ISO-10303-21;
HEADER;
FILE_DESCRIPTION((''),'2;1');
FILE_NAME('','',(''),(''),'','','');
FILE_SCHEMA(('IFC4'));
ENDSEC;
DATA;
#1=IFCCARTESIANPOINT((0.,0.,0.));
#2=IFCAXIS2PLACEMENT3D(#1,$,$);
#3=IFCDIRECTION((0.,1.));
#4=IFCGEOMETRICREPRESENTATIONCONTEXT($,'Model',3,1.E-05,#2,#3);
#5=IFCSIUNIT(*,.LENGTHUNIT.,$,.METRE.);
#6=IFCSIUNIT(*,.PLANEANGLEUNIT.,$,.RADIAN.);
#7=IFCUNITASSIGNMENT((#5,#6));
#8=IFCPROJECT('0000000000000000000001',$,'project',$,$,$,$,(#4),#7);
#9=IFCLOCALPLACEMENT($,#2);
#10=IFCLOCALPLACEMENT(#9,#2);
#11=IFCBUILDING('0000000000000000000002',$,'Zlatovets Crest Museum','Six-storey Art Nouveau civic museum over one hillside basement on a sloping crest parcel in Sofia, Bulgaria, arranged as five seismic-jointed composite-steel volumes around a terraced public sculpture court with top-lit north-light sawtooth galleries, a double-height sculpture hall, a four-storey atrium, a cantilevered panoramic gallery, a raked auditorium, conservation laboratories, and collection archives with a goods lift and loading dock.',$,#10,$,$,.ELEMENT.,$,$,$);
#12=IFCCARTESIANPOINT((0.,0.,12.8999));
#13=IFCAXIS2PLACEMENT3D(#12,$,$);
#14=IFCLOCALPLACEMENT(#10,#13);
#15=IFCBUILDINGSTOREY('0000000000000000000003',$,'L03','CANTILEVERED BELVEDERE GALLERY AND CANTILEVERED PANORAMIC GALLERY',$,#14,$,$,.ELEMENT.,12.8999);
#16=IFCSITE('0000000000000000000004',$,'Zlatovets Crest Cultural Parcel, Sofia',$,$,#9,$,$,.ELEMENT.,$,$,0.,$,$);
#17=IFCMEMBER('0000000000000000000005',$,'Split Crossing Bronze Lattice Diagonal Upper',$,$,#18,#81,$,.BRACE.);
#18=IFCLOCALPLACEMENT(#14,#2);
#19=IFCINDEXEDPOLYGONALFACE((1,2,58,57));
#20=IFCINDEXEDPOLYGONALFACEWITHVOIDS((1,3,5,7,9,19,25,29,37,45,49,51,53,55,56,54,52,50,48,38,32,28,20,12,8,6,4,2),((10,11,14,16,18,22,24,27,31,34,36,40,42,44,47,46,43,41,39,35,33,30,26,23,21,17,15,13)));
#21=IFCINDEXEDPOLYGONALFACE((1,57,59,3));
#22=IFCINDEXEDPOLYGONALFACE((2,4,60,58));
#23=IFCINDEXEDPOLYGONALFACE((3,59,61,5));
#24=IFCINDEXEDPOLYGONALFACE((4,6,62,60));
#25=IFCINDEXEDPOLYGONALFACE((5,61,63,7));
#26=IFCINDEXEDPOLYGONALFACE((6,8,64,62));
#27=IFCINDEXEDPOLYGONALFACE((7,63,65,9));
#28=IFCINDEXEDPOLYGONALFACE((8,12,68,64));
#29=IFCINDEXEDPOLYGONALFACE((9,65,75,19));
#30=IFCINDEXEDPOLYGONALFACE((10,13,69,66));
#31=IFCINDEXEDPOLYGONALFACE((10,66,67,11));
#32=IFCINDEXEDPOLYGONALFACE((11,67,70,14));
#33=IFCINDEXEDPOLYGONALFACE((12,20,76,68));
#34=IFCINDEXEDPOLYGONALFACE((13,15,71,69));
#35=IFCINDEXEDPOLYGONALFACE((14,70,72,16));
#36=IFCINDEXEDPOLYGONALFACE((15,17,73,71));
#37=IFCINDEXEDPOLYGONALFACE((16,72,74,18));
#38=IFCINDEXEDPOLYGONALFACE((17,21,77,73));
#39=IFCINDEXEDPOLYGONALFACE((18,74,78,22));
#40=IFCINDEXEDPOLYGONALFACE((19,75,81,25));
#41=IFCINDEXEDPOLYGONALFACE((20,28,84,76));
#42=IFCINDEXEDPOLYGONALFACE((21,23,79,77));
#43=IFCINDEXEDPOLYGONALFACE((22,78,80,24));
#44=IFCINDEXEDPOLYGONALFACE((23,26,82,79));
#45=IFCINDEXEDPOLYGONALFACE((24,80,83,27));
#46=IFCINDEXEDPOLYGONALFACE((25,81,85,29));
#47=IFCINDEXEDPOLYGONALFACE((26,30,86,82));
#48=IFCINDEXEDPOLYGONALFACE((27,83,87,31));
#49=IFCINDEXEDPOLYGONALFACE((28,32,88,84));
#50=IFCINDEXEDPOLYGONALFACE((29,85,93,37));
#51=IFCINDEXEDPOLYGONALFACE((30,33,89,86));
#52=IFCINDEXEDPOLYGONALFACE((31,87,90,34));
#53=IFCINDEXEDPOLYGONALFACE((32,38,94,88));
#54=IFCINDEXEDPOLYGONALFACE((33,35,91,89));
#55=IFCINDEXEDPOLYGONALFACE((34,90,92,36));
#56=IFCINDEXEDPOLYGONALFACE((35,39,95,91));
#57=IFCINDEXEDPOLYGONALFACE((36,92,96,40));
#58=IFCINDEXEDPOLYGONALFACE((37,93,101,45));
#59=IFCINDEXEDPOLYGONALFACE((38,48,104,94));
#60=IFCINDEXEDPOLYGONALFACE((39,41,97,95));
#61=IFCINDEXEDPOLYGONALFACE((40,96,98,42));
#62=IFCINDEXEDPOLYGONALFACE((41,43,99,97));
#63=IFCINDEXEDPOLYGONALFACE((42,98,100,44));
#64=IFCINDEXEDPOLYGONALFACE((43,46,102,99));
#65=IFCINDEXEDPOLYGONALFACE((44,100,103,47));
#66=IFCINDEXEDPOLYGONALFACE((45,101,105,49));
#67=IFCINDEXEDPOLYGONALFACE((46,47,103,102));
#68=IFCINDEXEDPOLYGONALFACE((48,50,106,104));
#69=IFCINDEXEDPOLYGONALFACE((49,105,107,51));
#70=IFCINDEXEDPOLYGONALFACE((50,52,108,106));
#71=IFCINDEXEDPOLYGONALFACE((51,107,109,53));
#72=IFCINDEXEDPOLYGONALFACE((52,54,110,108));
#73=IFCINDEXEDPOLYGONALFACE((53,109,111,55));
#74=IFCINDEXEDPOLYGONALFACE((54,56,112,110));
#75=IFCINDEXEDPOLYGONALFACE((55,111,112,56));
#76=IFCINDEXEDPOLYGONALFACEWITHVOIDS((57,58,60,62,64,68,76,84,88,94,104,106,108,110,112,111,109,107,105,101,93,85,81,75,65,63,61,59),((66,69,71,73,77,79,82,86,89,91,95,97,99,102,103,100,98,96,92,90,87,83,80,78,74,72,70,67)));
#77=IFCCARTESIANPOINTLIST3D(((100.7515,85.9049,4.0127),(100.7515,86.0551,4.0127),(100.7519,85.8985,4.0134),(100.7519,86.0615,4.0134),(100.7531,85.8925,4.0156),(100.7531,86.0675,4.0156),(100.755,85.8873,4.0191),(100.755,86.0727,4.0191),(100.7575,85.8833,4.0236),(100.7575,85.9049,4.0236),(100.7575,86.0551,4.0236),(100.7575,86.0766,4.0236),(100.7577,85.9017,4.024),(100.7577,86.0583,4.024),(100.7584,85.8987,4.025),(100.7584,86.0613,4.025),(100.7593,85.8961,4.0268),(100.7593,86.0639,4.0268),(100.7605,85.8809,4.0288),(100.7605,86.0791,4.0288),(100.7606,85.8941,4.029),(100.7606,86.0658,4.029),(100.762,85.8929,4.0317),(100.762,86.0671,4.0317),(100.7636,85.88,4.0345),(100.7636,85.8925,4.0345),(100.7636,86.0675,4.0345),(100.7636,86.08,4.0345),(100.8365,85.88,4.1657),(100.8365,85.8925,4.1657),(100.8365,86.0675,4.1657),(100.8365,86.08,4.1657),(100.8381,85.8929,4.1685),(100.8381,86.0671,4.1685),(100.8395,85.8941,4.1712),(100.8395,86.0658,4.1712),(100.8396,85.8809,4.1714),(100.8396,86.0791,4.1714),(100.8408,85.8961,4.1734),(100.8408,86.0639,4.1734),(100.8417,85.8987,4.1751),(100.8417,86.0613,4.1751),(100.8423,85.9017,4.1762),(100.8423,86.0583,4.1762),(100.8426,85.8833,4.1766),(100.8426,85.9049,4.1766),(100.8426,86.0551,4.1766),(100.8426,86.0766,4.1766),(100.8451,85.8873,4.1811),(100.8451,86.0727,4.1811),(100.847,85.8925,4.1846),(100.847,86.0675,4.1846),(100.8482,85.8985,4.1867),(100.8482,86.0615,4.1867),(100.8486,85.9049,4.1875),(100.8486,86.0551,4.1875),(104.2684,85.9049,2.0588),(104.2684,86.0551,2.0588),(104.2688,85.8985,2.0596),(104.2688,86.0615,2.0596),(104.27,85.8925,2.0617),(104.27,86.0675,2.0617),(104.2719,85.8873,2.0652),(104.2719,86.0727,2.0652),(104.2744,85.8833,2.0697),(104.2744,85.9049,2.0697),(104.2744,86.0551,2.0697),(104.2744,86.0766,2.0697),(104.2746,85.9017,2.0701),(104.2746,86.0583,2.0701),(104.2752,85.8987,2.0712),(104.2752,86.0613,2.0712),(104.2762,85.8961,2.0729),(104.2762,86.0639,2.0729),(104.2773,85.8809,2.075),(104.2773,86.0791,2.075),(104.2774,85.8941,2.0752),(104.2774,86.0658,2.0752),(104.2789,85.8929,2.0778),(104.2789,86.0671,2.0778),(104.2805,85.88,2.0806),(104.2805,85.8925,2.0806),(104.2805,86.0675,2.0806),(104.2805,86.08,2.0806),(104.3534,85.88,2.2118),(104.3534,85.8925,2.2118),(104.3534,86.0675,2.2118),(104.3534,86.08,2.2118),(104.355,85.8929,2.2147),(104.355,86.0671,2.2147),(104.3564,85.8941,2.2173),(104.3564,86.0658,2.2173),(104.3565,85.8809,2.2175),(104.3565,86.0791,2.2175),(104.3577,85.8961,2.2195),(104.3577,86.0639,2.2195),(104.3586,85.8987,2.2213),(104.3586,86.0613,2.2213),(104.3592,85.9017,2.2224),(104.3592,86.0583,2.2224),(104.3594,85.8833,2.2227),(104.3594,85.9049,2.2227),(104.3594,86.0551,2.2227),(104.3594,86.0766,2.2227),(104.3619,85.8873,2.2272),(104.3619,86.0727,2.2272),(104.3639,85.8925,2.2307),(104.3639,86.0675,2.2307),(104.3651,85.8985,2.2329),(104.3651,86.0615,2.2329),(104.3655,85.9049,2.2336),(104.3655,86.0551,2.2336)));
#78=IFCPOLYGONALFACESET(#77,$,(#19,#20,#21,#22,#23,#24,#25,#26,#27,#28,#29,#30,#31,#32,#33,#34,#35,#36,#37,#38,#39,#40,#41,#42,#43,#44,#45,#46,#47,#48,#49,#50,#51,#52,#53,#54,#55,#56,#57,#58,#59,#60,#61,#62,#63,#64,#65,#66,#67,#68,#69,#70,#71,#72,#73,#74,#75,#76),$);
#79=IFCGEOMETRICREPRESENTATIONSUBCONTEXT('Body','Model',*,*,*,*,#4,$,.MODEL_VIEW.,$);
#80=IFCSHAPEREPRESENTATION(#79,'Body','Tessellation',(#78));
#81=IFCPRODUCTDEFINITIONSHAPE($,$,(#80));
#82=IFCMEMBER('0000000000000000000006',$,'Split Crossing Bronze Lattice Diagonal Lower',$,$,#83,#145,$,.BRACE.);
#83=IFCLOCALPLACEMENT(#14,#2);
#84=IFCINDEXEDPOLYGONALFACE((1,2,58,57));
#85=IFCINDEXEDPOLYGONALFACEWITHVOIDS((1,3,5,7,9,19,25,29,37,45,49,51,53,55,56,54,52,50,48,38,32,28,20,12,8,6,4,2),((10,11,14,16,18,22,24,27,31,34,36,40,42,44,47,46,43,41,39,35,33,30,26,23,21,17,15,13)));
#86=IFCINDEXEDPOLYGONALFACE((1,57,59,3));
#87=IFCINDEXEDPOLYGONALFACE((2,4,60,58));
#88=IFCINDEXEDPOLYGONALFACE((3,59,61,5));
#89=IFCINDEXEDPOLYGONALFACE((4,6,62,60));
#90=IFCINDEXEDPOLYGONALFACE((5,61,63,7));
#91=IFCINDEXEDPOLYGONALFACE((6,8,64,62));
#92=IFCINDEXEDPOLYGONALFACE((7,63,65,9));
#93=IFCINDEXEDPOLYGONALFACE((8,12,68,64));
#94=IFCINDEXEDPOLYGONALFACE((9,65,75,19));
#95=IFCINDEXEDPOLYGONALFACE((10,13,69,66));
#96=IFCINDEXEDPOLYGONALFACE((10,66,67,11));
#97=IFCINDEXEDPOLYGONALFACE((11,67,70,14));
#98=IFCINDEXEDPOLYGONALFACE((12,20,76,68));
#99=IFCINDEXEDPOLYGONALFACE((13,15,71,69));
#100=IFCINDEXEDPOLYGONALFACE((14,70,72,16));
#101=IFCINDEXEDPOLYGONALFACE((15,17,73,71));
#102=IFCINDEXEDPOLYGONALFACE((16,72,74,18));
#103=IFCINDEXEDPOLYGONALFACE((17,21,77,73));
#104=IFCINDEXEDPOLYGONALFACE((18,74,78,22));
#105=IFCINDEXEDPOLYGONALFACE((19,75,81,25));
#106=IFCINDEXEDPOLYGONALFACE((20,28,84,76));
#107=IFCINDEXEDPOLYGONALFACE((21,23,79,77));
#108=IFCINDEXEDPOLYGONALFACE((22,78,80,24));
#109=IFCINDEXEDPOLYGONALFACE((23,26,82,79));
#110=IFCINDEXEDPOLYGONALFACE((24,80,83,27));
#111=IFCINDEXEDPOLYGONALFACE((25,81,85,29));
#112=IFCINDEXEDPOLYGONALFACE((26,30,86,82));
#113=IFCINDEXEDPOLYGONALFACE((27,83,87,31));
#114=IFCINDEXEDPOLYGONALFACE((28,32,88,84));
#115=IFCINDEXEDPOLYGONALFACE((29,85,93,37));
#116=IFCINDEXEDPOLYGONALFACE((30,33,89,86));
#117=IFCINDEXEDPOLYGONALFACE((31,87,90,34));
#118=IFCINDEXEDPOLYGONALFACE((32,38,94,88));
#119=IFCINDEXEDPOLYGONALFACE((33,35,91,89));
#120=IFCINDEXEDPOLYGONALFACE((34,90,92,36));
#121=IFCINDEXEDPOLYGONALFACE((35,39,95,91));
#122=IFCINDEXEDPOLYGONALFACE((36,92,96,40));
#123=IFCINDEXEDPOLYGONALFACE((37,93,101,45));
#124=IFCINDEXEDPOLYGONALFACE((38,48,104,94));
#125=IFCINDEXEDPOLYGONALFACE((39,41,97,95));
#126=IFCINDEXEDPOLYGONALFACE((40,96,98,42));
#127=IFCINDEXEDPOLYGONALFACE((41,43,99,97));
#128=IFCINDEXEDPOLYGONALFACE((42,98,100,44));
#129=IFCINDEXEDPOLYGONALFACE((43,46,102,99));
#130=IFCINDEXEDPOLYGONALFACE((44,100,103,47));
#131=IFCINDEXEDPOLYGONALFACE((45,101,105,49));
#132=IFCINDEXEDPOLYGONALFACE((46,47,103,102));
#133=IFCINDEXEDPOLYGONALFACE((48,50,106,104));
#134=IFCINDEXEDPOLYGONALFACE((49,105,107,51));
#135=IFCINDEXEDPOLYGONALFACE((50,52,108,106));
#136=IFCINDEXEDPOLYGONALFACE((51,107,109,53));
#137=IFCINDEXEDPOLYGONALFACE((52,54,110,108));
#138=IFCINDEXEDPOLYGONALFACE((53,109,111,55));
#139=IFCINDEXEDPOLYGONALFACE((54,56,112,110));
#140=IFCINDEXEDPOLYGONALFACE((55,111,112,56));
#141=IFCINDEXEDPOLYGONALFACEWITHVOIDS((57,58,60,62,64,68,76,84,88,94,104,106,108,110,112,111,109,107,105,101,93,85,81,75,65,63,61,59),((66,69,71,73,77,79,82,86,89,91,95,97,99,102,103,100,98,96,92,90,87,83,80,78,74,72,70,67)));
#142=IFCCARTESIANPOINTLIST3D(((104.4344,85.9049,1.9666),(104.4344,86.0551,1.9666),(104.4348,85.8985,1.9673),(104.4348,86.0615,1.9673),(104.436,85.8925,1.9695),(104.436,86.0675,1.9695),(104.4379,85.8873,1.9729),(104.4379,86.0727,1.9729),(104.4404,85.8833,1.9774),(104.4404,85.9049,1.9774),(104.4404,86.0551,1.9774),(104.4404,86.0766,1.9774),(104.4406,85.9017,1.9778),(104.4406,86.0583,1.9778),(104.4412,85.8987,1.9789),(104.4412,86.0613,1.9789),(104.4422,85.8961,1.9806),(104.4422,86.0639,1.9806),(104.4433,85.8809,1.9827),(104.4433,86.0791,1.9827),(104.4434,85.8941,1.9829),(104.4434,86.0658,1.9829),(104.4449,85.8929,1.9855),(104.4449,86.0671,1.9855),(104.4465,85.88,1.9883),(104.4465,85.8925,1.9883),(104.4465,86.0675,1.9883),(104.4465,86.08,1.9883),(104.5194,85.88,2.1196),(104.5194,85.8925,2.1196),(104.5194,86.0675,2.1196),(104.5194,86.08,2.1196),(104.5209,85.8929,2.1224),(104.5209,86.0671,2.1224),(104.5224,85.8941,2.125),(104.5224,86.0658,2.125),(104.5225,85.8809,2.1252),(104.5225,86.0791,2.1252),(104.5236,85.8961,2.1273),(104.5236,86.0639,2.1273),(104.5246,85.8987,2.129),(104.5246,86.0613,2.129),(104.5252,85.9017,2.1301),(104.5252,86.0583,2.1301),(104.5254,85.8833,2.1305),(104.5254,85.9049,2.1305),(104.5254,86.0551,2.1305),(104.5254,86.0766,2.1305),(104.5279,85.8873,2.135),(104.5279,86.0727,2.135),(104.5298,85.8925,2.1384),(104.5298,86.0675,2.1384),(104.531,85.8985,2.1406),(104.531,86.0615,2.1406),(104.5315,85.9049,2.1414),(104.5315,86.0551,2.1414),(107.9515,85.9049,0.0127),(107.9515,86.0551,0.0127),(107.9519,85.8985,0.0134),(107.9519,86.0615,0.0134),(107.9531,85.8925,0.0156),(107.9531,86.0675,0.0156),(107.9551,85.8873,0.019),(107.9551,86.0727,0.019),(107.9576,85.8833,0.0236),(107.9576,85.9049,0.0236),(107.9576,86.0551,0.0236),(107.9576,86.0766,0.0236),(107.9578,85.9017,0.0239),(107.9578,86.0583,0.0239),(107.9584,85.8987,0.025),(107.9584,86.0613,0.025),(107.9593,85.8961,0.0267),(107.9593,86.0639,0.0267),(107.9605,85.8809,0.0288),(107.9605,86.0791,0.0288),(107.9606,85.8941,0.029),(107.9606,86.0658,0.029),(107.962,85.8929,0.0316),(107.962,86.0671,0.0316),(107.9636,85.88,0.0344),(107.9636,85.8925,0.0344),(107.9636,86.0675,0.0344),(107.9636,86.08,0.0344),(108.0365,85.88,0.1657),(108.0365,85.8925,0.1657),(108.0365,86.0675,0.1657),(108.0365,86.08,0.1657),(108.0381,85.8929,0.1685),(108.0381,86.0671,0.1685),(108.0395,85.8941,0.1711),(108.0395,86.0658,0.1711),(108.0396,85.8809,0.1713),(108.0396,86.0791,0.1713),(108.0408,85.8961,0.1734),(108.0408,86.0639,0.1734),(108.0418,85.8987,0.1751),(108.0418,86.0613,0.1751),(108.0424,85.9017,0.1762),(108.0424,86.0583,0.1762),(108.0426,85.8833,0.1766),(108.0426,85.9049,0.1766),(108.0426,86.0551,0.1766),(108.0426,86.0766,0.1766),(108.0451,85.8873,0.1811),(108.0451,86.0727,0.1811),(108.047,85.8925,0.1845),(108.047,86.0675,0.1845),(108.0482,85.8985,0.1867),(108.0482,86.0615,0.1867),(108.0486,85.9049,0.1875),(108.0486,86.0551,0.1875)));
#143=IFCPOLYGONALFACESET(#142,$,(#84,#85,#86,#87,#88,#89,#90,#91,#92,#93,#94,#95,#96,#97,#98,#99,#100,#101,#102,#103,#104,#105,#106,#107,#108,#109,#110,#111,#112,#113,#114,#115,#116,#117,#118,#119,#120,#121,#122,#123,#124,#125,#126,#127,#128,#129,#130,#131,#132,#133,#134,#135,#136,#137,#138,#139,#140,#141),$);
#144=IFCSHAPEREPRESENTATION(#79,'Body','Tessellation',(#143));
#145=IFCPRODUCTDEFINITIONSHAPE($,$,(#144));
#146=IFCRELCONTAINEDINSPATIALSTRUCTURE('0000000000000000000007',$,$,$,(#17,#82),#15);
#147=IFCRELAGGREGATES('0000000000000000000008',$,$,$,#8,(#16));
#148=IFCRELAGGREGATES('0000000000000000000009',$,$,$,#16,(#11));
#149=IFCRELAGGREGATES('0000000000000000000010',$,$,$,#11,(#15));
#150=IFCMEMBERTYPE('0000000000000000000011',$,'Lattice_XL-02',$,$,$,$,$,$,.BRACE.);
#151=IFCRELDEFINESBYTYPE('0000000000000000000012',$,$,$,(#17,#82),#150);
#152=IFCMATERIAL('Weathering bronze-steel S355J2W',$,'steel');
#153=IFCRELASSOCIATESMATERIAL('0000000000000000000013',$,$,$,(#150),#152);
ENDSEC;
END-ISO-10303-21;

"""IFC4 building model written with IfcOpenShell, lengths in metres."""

from ifc_helpers import new_model, si_unit, direction, frame, origin, origin_2d, place, context, subcontext, project, spatial, hollow_rectangle, extrude, material, material_profile, profile_set, type_object, element, save


model = new_model("IFC4")

# Units and contexts
model_context = context("Model", 3, precision=1e-05, world=origin(), true_north=direction((0.0, 1.0)))
body_context = subcontext(model_context, "Body", "Model", "MODEL_VIEW")
ifc_project = project(units=[si_unit("LENGTHUNIT", "METRE"), si_unit("PLANEANGLEUNIT", "RADIAN")], contexts=[model_context])

# Site, building, storey
site_placement = place(None, origin())
site = spatial("IfcSite", under=ifc_project, at=site_placement, Name="Zlatovets Crest Cultural Parcel, Sofia", CompositionType="ELEMENT", RefElevation=0.0)
building_placement = place(site_placement, origin())
building = spatial("IfcBuilding", under=site, at=building_placement, Name="Zlatovets Crest Museum", Description="Six-storey Art Nouveau civic museum over one hillside basement on a sloping crest parcel in Sofia, Bulgaria, arranged as five seismic-jointed composite-steel volumes around a terraced public sculpture court with top-lit north-light sawtooth galleries, a double-height sculpture hall, a four-storey atrium, a cantilevered panoramic gallery, a raked auditorium, conservation laboratories, and collection archives with a goods lift and loading dock.", CompositionType="ELEMENT")
storey_placement = place(building_placement, frame((0.0, 0.0, 12.8999)))
storey = spatial("IfcBuildingStorey", under=building, at=storey_placement, Name="L03", Description="CANTILEVERED BELVEDERE GALLERY AND CANTILEVERED PANORAMIC GALLERY", CompositionType="ELEMENT", Elevation=12.8999)

# Members
ifc_material_1 = material(Name="Weathering bronze-steel S355J2W", Category="steel")
ifc_material_profile_1 = material_profile(ifc_material_1, hollow_rectangle(XDim=0.2, YDim=0.2, WallThickness=0.0125, InnerFilletRadius=0.0125, OuterFilletRadius=0.0249, at=origin_2d()), Name="SHS 200x200x12.5")
ifc_profile_set_1 = profile_set([ifc_material_profile_1], Name="Weathering bronze-steel S355J2W")
member_type_1 = type_object("IfcMemberType", Name="Lattice_XL-02", PredefinedType="BRACE", material=ifc_profile_set_1)
member_1_placement = place(storey_placement, frame((100.8, 85.98, 4.1001), z_axis=(0.874152, 0.0, -0.485653), x_axis=(0.0, 1.0, 0.0)))
element("IfcMember", 1, at=member_1_placement, inside=storey, type_object=member_type_1, Name="Split Crossing Bronze Lattice Diagonal Upper", PredefinedType="BRACE", context=body_context, shape_type="SweptSolid", body=[
    extrude(hollow_rectangle(XDim=0.2, YDim=0.2, WallThickness=0.0125, InnerFilletRadius=0.0125, OuterFilletRadius=0.0249, at=origin_2d()), origin(), (0.0, 0.0, 1.0), 4.0232),
])
member_2_placement = place(storey_placement, frame((104.4829, 85.98, 2.054), z_axis=(0.874166, 0.0, -0.485627), x_axis=(0.0, 1.0, 0.0)))
element("IfcMember", 2, at=member_2_placement, inside=storey, type_object=member_type_1, Name="Split Crossing Bronze Lattice Diagonal Lower", PredefinedType="BRACE", context=body_context, shape_type="SweptSolid", body=[
    extrude(hollow_rectangle(XDim=0.2, YDim=0.2, WallThickness=0.0125, InnerFilletRadius=0.0125, OuterFilletRadius=0.0249, at=origin_2d()), origin(), (0.0, 0.0, 1.0), 4.0234),
])

save(model, "model.ifc")
